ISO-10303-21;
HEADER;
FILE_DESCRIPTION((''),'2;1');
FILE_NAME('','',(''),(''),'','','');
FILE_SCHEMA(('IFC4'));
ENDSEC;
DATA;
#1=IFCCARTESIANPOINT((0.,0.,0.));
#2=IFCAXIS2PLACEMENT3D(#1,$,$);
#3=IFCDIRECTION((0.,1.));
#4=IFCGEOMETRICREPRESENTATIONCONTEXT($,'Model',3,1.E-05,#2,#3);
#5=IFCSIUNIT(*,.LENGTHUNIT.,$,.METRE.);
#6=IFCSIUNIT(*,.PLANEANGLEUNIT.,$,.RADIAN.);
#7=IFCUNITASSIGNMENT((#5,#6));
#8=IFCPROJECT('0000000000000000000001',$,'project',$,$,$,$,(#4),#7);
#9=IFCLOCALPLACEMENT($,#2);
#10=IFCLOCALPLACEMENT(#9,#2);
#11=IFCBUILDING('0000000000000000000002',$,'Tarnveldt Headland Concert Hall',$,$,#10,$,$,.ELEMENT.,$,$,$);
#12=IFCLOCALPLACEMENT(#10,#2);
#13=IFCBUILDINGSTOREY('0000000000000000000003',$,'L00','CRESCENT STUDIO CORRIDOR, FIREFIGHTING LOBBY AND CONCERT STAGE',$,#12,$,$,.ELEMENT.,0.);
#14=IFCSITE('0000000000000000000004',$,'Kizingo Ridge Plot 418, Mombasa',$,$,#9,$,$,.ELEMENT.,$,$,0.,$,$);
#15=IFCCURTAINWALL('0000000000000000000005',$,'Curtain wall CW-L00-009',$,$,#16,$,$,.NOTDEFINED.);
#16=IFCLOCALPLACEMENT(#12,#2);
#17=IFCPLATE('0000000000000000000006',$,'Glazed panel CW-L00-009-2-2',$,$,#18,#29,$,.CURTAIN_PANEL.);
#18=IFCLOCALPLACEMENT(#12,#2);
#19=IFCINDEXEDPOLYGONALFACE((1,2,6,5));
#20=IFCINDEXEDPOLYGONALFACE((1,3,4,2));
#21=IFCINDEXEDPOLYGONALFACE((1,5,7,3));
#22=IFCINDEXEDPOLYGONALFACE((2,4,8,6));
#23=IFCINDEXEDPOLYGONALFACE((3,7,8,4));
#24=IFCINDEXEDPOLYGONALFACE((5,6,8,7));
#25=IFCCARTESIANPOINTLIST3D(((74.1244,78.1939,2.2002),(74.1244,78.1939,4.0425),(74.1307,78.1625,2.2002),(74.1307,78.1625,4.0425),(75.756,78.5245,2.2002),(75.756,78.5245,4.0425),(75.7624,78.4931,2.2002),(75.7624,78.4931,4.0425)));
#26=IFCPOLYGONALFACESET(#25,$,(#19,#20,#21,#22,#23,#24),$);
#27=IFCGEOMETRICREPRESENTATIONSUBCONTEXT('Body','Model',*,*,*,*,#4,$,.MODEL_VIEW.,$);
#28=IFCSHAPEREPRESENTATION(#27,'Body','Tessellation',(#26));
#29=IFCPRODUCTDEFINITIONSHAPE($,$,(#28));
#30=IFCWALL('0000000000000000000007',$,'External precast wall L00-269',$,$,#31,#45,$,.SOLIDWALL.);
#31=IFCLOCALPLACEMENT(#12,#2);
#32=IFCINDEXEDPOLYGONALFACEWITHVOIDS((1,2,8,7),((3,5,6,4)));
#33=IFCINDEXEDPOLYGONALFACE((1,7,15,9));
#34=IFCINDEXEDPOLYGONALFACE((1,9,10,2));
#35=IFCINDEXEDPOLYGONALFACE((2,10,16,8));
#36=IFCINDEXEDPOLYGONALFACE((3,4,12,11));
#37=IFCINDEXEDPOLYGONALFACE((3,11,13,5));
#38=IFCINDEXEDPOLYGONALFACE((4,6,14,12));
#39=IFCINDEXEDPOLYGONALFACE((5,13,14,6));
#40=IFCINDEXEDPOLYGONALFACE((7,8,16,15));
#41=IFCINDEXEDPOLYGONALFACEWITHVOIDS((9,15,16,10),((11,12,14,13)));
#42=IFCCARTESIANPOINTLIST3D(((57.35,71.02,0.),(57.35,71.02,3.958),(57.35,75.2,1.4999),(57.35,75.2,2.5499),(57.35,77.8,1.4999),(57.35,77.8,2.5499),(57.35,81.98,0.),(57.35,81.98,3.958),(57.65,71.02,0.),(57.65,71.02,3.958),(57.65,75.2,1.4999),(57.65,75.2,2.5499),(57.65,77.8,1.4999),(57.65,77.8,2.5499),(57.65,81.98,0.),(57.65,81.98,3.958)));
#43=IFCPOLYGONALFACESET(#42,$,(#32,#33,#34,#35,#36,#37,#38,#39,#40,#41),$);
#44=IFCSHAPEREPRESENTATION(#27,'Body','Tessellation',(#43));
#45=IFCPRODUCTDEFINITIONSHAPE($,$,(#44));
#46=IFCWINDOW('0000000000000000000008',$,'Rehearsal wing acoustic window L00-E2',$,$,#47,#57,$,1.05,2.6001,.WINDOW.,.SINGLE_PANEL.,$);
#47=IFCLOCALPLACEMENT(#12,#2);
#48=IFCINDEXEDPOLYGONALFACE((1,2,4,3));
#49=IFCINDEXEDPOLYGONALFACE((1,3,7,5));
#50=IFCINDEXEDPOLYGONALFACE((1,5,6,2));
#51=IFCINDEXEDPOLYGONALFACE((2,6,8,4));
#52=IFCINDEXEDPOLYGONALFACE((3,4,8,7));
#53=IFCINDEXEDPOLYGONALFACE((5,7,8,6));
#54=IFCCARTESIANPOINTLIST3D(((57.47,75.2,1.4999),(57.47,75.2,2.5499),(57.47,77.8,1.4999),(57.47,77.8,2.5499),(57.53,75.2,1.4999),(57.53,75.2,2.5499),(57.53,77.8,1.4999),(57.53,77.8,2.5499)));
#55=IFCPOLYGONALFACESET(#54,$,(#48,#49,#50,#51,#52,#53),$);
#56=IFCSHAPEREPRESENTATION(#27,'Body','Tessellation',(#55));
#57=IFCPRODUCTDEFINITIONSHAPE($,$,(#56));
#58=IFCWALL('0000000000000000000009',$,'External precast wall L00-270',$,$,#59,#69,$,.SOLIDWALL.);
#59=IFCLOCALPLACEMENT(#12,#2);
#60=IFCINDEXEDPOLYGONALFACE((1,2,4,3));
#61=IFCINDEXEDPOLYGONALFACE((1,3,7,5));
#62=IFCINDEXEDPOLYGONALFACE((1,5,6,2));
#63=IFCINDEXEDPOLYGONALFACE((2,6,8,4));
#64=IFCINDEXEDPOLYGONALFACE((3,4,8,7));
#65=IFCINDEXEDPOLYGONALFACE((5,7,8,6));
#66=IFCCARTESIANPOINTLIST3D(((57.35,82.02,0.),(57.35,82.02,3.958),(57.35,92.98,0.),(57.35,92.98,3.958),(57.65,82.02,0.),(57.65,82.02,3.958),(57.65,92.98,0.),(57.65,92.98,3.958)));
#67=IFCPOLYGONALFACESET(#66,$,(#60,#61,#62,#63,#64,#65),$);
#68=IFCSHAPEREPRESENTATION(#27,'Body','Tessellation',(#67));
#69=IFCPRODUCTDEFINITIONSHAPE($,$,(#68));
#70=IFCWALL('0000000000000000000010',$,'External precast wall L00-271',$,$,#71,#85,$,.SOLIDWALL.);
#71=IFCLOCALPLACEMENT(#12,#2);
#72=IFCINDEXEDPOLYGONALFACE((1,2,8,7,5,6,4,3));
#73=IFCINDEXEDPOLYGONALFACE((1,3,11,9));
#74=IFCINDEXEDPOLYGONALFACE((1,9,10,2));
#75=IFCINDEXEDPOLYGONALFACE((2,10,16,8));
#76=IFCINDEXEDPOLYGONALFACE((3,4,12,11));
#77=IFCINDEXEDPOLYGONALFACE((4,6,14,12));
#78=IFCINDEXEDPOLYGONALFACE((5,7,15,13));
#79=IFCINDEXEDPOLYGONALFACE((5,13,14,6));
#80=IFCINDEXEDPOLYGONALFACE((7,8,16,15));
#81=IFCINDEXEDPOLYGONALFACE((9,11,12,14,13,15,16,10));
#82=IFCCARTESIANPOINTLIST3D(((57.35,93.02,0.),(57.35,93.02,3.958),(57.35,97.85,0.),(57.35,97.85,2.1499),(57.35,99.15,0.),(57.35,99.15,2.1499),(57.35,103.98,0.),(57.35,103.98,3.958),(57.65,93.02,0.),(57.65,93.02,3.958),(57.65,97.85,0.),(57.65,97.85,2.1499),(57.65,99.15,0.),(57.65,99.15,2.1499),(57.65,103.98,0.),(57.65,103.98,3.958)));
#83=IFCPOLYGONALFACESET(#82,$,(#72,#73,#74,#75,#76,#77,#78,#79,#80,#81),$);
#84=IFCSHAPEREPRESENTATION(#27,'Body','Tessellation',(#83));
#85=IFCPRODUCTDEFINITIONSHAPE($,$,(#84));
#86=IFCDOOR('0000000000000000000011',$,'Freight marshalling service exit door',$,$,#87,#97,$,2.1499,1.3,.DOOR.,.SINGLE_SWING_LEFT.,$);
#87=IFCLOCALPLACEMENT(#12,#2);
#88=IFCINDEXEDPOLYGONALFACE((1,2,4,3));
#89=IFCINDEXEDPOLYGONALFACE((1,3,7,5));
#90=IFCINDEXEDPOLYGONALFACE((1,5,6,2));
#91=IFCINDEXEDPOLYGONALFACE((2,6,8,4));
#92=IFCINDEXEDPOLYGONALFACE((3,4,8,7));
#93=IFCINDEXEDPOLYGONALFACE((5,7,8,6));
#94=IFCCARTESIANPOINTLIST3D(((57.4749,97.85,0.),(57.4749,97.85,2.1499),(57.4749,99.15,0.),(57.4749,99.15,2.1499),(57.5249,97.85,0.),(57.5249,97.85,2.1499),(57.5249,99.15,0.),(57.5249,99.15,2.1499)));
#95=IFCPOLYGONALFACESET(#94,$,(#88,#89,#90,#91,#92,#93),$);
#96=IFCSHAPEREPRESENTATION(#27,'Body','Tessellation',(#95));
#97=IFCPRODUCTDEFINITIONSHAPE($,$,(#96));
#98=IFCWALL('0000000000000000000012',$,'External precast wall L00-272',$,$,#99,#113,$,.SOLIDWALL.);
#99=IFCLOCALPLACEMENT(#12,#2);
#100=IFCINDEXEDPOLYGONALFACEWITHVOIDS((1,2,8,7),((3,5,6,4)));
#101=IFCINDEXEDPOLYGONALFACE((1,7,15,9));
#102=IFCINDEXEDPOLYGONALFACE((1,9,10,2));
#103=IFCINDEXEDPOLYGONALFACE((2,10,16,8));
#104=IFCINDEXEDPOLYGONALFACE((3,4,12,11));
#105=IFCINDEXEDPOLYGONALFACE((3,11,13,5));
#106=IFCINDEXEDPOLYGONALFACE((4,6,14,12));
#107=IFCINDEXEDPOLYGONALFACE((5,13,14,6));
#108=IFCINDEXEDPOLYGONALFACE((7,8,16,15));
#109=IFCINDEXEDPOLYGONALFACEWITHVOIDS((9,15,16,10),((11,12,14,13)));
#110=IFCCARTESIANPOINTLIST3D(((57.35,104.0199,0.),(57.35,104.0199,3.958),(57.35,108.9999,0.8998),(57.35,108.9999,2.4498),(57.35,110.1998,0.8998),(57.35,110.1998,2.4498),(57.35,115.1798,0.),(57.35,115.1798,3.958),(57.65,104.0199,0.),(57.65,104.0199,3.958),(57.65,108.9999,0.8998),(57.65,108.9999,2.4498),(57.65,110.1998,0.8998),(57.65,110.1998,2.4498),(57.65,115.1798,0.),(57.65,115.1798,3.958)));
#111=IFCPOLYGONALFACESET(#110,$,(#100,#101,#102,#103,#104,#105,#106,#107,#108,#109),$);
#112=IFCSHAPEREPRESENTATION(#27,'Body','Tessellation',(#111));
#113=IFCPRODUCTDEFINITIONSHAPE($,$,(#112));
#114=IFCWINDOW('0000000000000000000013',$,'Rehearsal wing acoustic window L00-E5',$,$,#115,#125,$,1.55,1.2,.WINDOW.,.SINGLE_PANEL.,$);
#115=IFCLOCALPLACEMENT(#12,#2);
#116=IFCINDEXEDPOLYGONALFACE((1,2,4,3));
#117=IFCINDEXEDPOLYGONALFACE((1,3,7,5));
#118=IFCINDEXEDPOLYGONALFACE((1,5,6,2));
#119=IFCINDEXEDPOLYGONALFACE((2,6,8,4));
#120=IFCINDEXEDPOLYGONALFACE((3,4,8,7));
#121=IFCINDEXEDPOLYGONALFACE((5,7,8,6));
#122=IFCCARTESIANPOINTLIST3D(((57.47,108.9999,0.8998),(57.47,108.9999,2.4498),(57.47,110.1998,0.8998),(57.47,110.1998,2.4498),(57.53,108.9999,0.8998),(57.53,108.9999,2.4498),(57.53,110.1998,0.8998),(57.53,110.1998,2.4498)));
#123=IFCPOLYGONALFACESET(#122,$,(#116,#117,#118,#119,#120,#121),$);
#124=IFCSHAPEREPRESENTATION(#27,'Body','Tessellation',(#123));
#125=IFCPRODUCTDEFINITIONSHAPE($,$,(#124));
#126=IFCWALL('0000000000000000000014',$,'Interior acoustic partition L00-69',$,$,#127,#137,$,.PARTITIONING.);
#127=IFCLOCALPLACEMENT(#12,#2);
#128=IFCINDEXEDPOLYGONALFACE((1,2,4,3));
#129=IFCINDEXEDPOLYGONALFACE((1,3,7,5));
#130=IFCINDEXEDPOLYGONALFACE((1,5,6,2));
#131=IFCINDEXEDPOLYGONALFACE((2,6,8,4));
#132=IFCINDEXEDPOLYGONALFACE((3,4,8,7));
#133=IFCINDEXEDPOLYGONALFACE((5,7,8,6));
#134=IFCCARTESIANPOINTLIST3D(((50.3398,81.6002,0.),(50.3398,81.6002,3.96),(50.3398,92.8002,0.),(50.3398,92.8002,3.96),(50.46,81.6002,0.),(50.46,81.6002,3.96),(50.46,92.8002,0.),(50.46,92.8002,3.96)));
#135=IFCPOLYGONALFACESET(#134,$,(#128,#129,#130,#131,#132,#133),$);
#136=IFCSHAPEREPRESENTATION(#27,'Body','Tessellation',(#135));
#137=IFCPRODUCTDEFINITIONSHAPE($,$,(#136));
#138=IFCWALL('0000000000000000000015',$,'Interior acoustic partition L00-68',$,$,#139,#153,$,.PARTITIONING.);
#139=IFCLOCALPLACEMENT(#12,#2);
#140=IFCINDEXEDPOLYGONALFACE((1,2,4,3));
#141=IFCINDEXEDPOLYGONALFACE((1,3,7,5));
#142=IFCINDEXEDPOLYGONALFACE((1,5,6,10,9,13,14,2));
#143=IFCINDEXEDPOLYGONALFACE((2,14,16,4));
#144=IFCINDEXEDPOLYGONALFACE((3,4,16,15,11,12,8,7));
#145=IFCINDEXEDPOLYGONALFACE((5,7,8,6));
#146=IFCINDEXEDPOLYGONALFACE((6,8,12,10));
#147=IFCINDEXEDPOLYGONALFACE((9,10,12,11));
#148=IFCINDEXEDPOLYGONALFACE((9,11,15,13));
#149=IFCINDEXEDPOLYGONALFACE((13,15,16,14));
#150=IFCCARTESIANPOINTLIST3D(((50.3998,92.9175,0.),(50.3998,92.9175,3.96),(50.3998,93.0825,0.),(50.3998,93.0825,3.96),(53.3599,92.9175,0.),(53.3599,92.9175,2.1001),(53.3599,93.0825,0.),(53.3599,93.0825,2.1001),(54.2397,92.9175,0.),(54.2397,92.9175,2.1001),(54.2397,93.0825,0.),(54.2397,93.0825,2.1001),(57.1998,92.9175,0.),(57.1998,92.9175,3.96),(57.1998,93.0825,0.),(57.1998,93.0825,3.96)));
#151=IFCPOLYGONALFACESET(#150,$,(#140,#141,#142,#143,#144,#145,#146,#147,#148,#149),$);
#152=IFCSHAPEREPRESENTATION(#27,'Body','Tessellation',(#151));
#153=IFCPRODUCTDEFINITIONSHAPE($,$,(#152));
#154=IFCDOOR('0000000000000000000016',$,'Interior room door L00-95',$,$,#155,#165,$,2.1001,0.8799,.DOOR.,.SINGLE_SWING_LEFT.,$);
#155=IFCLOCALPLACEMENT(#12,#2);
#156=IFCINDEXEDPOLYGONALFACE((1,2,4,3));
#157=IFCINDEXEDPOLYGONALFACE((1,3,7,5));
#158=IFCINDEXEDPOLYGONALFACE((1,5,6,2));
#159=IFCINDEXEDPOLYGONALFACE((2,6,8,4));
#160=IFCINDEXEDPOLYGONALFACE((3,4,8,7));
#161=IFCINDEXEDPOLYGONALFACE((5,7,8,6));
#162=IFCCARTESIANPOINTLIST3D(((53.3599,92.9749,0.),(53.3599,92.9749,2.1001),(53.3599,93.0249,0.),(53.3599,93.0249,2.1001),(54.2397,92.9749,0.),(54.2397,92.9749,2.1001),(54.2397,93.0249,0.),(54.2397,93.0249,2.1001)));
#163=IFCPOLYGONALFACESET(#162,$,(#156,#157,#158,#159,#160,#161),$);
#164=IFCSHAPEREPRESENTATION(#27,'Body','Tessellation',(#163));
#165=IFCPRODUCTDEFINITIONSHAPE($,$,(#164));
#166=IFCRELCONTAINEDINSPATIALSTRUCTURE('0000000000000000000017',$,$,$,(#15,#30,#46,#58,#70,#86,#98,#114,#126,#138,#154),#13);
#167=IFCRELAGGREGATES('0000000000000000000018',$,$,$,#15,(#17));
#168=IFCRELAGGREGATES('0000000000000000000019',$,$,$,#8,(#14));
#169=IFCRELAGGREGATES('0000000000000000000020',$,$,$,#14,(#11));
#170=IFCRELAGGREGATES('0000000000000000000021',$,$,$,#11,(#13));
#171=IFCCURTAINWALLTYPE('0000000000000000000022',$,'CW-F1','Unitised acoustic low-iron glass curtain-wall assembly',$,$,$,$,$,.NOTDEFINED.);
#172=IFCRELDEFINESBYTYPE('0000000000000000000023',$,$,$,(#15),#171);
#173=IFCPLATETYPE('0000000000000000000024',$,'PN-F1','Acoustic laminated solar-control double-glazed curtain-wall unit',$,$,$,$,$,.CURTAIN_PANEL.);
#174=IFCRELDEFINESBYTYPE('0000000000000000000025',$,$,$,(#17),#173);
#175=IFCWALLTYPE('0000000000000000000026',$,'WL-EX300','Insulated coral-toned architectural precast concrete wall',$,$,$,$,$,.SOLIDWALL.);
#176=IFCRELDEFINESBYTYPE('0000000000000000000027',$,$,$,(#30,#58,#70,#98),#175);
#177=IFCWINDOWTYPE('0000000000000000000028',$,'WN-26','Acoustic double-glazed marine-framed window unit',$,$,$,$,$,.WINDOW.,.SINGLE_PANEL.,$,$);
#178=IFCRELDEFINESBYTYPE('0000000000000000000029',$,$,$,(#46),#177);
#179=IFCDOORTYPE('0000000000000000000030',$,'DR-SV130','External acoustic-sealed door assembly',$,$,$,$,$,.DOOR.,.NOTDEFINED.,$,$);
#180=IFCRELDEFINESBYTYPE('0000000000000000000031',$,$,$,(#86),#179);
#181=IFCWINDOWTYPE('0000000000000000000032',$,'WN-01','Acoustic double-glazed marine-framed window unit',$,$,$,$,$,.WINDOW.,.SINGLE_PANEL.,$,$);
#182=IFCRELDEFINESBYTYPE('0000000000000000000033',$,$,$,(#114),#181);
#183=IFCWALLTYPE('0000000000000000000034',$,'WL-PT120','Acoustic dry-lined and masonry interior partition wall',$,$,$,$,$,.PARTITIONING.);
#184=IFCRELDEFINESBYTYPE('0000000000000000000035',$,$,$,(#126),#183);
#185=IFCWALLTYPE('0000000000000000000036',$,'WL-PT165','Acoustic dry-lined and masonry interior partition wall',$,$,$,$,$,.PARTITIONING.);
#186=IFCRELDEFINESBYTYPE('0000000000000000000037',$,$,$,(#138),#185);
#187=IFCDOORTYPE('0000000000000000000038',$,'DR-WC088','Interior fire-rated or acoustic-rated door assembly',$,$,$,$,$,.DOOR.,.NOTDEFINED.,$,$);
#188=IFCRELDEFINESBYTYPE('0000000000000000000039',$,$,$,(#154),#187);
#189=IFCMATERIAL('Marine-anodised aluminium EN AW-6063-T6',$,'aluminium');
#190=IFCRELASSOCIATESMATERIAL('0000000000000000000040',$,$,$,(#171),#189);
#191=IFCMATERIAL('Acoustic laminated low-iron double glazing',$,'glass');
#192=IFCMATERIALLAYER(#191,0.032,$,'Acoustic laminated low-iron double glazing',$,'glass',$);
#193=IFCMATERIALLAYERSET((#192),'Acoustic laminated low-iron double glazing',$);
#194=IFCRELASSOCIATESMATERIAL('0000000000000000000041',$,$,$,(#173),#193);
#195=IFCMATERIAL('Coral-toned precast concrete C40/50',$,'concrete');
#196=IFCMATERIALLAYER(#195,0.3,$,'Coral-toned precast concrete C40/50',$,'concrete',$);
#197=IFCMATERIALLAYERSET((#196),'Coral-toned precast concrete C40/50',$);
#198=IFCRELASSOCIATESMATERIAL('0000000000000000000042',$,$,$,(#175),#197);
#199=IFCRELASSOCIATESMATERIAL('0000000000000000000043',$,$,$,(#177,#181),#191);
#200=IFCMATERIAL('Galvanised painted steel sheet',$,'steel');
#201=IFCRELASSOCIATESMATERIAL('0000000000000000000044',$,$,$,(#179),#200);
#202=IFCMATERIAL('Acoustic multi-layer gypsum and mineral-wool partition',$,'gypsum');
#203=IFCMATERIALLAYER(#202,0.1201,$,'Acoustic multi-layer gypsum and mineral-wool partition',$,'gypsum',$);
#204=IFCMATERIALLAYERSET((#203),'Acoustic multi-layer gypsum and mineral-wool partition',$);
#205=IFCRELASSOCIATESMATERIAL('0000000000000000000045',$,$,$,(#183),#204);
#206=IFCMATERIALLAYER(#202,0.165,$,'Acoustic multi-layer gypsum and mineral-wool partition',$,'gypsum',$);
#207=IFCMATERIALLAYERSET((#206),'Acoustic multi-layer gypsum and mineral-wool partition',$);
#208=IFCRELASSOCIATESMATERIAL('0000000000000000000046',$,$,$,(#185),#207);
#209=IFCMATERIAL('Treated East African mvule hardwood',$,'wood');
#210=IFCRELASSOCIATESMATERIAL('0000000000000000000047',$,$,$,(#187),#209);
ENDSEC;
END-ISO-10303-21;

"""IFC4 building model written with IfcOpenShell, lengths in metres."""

from ifc_helpers import new_model, si_unit, direction, frame, frame_2d, origin, origin_2d, place, context, subcontext, project, spatial, rectangle, extrude, material, layer, layer_set, type_object, element, fill, aggregate, save


model = new_model("IFC4")

# Units and contexts
model_context = context("Model", 3, precision=1e-05, world=origin(), true_north=direction((0.0, 1.0)))
body_context = subcontext(model_context, "Body", "Model", "MODEL_VIEW")
ifc_project = project(units=[si_unit("LENGTHUNIT", "METRE"), si_unit("PLANEANGLEUNIT", "RADIAN")], contexts=[model_context])

# Site, building, storey
site_placement = place(None, origin())
site = spatial("IfcSite", under=ifc_project, at=site_placement, Name="Kizingo Ridge Plot 418, Mombasa", CompositionType="ELEMENT", RefElevation=0.0)
building_placement = place(site_placement, origin())
building = spatial("IfcBuilding", under=site, at=building_placement, Name="Tarnveldt Headland Concert Hall", CompositionType="ELEMENT")
storey_placement = place(building_placement, origin())
storey = spatial("IfcBuildingStorey", under=building, at=storey_placement, Name="L00", Description="CRESCENT STUDIO CORRIDOR, FIREFIGHTING LOBBY AND CONCERT STAGE", CompositionType="ELEMENT", Elevation=0.0)

# Curtain wall
ifc_material_1 = material(Name="Marine-anodised aluminium EN AW-6063-T6", Category="aluminium")
curtain_wall_type = type_object("IfcCurtainWallType", Name="CW-F1", Description="Unitised acoustic low-iron glass curtain-wall assembly", PredefinedType="NOTDEFINED", material=ifc_material_1)
curtain_wall_placement = place(storey_placement, origin())
curtain_wall = element("IfcCurtainWall", 1, at=curtain_wall_placement, inside=storey, type_object=curtain_wall_type, Name="Curtain wall CW-L00-009", PredefinedType="NOTDEFINED")

# Plate
ifc_material_2 = material(Name="Acoustic laminated low-iron double glazing", Category="glass")
ifc_layer_1 = layer(ifc_material_2, 0.032, Name="Acoustic laminated low-iron double glazing", Category="glass")
ifc_layer_set_1 = layer_set([ifc_layer_1], Name="Acoustic laminated low-iron double glazing")
plate_type = type_object("IfcPlateType", Name="PN-F1", Description="Acoustic laminated solar-control double-glazed curtain-wall unit", PredefinedType="CURTAIN_PANEL", material=ifc_layer_set_1)
plate_1_placement = place(storey_placement, frame((74.9434, 78.3435, 2.2002), z_axis=(0.0, 0.0, 1.0), x_axis=(-0.980088, -0.198564, 0.0)))
plate_1 = element("IfcPlate", 2, at=plate_1_placement, type_object=plate_type, Name="Glazed panel CW-L00-009-2-2", PredefinedType="CURTAIN_PANEL", context=body_context, shape_type="SweptSolid", body=[
    extrude(rectangle(XDim=1.6648, YDim=0.032, at=origin_2d()), origin(), (0.0, 0.0, 1.0), 1.8423),
])
aggregate(curtain_wall, [plate_1])

# Wall, opening, window
ifc_material_3 = material(Name="Coral-toned precast concrete C40/50", Category="concrete")
ifc_layer_2 = layer(ifc_material_3, 0.3, Name="Coral-toned precast concrete C40/50", Category="concrete")
ifc_layer_set_2 = layer_set([ifc_layer_2], Name="Coral-toned precast concrete C40/50")
wall_type_1 = type_object("IfcWallType", Name="WL-EX300", Description="Insulated coral-toned architectural precast concrete wall", PredefinedType="SOLIDWALL", material=ifc_layer_set_2)
wall_1_placement = place(storey_placement, frame((57.5, 81.98, 0.0), z_axis=(0.0, 0.0, 1.0), x_axis=(0.0, -1.0, 0.0)))
wall_1 = element("IfcWall", 3, at=wall_1_placement, inside=storey, type_object=wall_type_1, Name="External precast wall L00-269", PredefinedType="SOLIDWALL", context=body_context, shape_type="SweptSolid", body=[
    extrude(rectangle(XDim=10.96, YDim=0.3, at=frame_2d((5.48, 0.0))), origin(), (0.0, 0.0, 1.0), 3.958),
])
opening_1_placement = place(wall_1_placement, frame((4.1799, 0.0, 1.5)))
opening_1 = element("IfcOpeningElement", 4, at=opening_1_placement, cuts=wall_1, PredefinedType="OPENING", context=body_context, shape_type="SweptSolid", body=[
    extrude(rectangle(XDim=2.6001, YDim=1.05, at=frame_2d((1.3, 0.5249))), frame((0.0, 0.1599, 0.0), z_axis=(0.0, -1.0, 0.0), x_axis=(1.0, 0.0, 0.0)), (0.0, 0.0, 1.0), 0.3201),
])
window_type_1 = type_object("IfcWindowType", Name="WN-26", Description="Acoustic double-glazed marine-framed window unit", PartitioningType="SINGLE_PANEL", PredefinedType="WINDOW", material=ifc_material_2)
window_1_placement = place(opening_1_placement, origin())
window_1 = element("IfcWindow", 5, at=window_1_placement, inside=storey, type_object=window_type_1, Name="Rehearsal wing acoustic window L00-E2", OverallHeight=1.05, OverallWidth=2.6001, PartitioningType="SINGLE_PANEL", PredefinedType="WINDOW", context=body_context, shape_type="SweptSolid", body=[
    extrude(rectangle(XDim=2.6001, YDim=1.05, at=frame_2d((1.3, 0.5249))), frame((0.0, 0.03, 0.0), z_axis=(0.0, -1.0, 0.0), x_axis=(1.0, 0.0, 0.0)), (0.0, 0.0, 1.0), 0.0601),
])
fill(opening_1, window_1)

# Wall
wall_2_placement = place(storey_placement, frame((57.5, 92.98, 0.0), z_axis=(0.0, 0.0, 1.0), x_axis=(0.0, -1.0, 0.0)))
element("IfcWall", 6, at=wall_2_placement, inside=storey, type_object=wall_type_1, Name="External precast wall L00-270", PredefinedType="SOLIDWALL", context=body_context, shape_type="SweptSolid", body=[
    extrude(rectangle(XDim=10.96, YDim=0.3, at=frame_2d((5.48, 0.0))), origin(), (0.0, 0.0, 1.0), 3.958),
])

# Wall, opening, door
wall_3_placement = place(storey_placement, frame((57.5, 103.98, 0.0), z_axis=(0.0, 0.0, 1.0), x_axis=(0.0, -1.0, 0.0)))
wall_3 = element("IfcWall", 7, at=wall_3_placement, inside=storey, type_object=wall_type_1, Name="External precast wall L00-271", PredefinedType="SOLIDWALL", context=body_context, shape_type="SweptSolid", body=[
    extrude(rectangle(XDim=10.96, YDim=0.3, at=frame_2d((5.48, 0.0))), origin(), (0.0, 0.0, 1.0), 3.958),
])
opening_2_placement = place(wall_3_placement, frame((4.8301, 0.0, 0.0)))
opening_2 = element("IfcOpeningElement", 8, at=opening_2_placement, cuts=wall_3, PredefinedType="OPENING", context=body_context, shape_type="SweptSolid", body=[
    extrude(rectangle(XDim=1.3, YDim=2.1499, at=frame_2d((0.6499, 1.075))), frame((0.0, 0.1599, 0.0), z_axis=(0.0, -1.0, 0.0), x_axis=(1.0, 0.0, 0.0)), (0.0, 0.0, 1.0), 0.3201),
])
ifc_material_4 = material(Name="Galvanised painted steel sheet", Category="steel")
door_type_1 = type_object("IfcDoorType", Name="DR-SV130", Description="External acoustic-sealed door assembly", OperationType="NOTDEFINED", PredefinedType="DOOR", material=ifc_material_4)
door_1_placement = place(opening_2_placement, origin())
door_1 = element("IfcDoor", 9, at=door_1_placement, inside=storey, type_object=door_type_1, Name="Freight marshalling service exit door", OperationType="SINGLE_SWING_LEFT", OverallHeight=2.1499, OverallWidth=1.3, PredefinedType="DOOR", context=body_context, shape_type="SweptSolid", body=[
    extrude(rectangle(XDim=1.3, YDim=2.1499, at=frame_2d((0.6499, 1.075))), frame((0.0, 0.0249, 0.0), z_axis=(0.0, -1.0, 0.0), x_axis=(1.0, 0.0, 0.0)), (0.0, 0.0, 1.0), 0.05),
])
fill(opening_2, door_1)

# Wall, opening, window
wall_4_placement = place(storey_placement, frame((57.5, 115.1799, 0.0), z_axis=(0.0, 0.0, 1.0), x_axis=(0.0, -1.0, 0.0)))
wall_4 = element("IfcWall", 10, at=wall_4_placement, inside=storey, type_object=wall_type_1, Name="External precast wall L00-272", PredefinedType="SOLIDWALL", context=body_context, shape_type="SweptSolid", body=[
    extrude(rectangle(XDim=11.1599, YDim=0.3, at=frame_2d((5.5801, 0.0))), origin(), (0.0, 0.0, 1.0), 3.958),
])
opening_3_placement = place(wall_4_placement, frame((4.98, 0.0, 0.8999)))
opening_3 = element("IfcOpeningElement", 11, at=opening_3_placement, cuts=wall_4, PredefinedType="OPENING", context=body_context, shape_type="SweptSolid", body=[
    extrude(rectangle(XDim=1.2, YDim=1.55, at=frame_2d((0.6001, 0.7749))), frame((0.0, 0.1599, 0.0), z_axis=(0.0, -1.0, 0.0), x_axis=(1.0, 0.0, 0.0)), (0.0, 0.0, 1.0), 0.3201),
])
window_type_2 = type_object("IfcWindowType", Name="WN-01", Description="Acoustic double-glazed marine-framed window unit", PartitioningType="SINGLE_PANEL", PredefinedType="WINDOW", material=ifc_material_2)
window_2_placement = place(opening_3_placement, origin())
window_2 = element("IfcWindow", 12, at=window_2_placement, inside=storey, type_object=window_type_2, Name="Rehearsal wing acoustic window L00-E5", OverallHeight=1.55, OverallWidth=1.2, PartitioningType="SINGLE_PANEL", PredefinedType="WINDOW", context=body_context, shape_type="SweptSolid", body=[
    extrude(rectangle(XDim=1.2, YDim=1.55, at=frame_2d((0.6001, 0.7749))), frame((0.0, 0.03, 0.0), z_axis=(0.0, -1.0, 0.0), x_axis=(1.0, 0.0, 0.0)), (0.0, 0.0, 1.0), 0.0601),
])
fill(opening_3, window_2)

# Wall
ifc_material_5 = material(Name="Acoustic multi-layer gypsum and mineral-wool partition", Category="gypsum")
ifc_layer_3 = layer(ifc_material_5, 0.1201, Name="Acoustic multi-layer gypsum and mineral-wool partition", Category="gypsum")
ifc_layer_set_3 = layer_set([ifc_layer_3], Name="Acoustic multi-layer gypsum and mineral-wool partition")
wall_type_2 = type_object("IfcWallType", Name="WL-PT120", Description="Acoustic dry-lined and masonry interior partition wall", PredefinedType="PARTITIONING", material=ifc_layer_set_3)
wall_5_placement = place(storey_placement, frame((50.3999, 81.6001, 0.0), z_axis=(0.0, 0.0, 1.0), x_axis=(0.0, 1.0, 0.0)))
element("IfcWall", 13, at=wall_5_placement, inside=storey, type_object=wall_type_2, Name="Interior acoustic partition L00-69", PredefinedType="PARTITIONING", context=body_context, shape_type="SweptSolid", body=[
    extrude(rectangle(XDim=11.2, YDim=0.1201, at=frame_2d((5.6001, 0.0))), origin(), (0.0, 0.0, 1.0), 3.96),
])

# Wall, opening, door
ifc_layer_4 = layer(ifc_material_5, 0.165, Name="Acoustic multi-layer gypsum and mineral-wool partition", Category="gypsum")
ifc_layer_set_4 = layer_set([ifc_layer_4], Name="Acoustic multi-layer gypsum and mineral-wool partition")
wall_type_3 = type_object("IfcWallType", Name="WL-PT165", Description="Acoustic dry-lined and masonry interior partition wall", PredefinedType="PARTITIONING", material=ifc_layer_set_4)
wall_6_placement = place(storey_placement, frame((50.3999, 93.0, 0.0), z_axis=(0.0, 0.0, 1.0), x_axis=(1.0, 0.0, 0.0)))
wall_6 = element("IfcWall", 14, at=wall_6_placement, inside=storey, type_object=wall_type_3, Name="Interior acoustic partition L00-68", PredefinedType="PARTITIONING", context=body_context, shape_type="SweptSolid", body=[
    extrude(rectangle(XDim=6.8, YDim=0.165, at=frame_2d((3.3999, 0.0))), origin(), (0.0, 0.0, 1.0), 3.96),
])
opening_4_placement = place(wall_6_placement, frame((2.96, 0.0, 0.0)))
opening_4 = element("IfcOpeningElement", 15, at=opening_4_placement, cuts=wall_6, PredefinedType="OPENING", context=body_context, shape_type="SweptSolid", body=[
    extrude(rectangle(XDim=0.8799, YDim=2.1001, at=frame_2d((0.4399, 1.05))), frame((0.0, 0.0925, 0.0), z_axis=(0.0, -1.0, 0.0), x_axis=(1.0, 0.0, 0.0)), (0.0, 0.0, 1.0), 0.1851),
])
ifc_material_6 = material(Name="Treated East African mvule hardwood", Category="wood")
door_type_2 = type_object("IfcDoorType", Name="DR-WC088", Description="Interior fire-rated or acoustic-rated door assembly", OperationType="NOTDEFINED", PredefinedType="DOOR", material=ifc_material_6)
door_2_placement = place(opening_4_placement, origin())
door_2 = element("IfcDoor", 16, at=door_2_placement, inside=storey, type_object=door_type_2, Name="Interior room door L00-95", OperationType="SINGLE_SWING_LEFT", OverallHeight=2.1001, OverallWidth=0.8799, PredefinedType="DOOR", context=body_context, shape_type="SweptSolid", body=[
    extrude(rectangle(XDim=0.8799, YDim=2.1001, at=frame_2d((0.4399, 1.05))), frame((0.0, 0.0249, 0.0), z_axis=(0.0, -1.0, 0.0), x_axis=(1.0, 0.0, 0.0)), (0.0, 0.0, 1.0), 0.05),
])
fill(opening_4, door_2)

save(model, "model.ifc")
